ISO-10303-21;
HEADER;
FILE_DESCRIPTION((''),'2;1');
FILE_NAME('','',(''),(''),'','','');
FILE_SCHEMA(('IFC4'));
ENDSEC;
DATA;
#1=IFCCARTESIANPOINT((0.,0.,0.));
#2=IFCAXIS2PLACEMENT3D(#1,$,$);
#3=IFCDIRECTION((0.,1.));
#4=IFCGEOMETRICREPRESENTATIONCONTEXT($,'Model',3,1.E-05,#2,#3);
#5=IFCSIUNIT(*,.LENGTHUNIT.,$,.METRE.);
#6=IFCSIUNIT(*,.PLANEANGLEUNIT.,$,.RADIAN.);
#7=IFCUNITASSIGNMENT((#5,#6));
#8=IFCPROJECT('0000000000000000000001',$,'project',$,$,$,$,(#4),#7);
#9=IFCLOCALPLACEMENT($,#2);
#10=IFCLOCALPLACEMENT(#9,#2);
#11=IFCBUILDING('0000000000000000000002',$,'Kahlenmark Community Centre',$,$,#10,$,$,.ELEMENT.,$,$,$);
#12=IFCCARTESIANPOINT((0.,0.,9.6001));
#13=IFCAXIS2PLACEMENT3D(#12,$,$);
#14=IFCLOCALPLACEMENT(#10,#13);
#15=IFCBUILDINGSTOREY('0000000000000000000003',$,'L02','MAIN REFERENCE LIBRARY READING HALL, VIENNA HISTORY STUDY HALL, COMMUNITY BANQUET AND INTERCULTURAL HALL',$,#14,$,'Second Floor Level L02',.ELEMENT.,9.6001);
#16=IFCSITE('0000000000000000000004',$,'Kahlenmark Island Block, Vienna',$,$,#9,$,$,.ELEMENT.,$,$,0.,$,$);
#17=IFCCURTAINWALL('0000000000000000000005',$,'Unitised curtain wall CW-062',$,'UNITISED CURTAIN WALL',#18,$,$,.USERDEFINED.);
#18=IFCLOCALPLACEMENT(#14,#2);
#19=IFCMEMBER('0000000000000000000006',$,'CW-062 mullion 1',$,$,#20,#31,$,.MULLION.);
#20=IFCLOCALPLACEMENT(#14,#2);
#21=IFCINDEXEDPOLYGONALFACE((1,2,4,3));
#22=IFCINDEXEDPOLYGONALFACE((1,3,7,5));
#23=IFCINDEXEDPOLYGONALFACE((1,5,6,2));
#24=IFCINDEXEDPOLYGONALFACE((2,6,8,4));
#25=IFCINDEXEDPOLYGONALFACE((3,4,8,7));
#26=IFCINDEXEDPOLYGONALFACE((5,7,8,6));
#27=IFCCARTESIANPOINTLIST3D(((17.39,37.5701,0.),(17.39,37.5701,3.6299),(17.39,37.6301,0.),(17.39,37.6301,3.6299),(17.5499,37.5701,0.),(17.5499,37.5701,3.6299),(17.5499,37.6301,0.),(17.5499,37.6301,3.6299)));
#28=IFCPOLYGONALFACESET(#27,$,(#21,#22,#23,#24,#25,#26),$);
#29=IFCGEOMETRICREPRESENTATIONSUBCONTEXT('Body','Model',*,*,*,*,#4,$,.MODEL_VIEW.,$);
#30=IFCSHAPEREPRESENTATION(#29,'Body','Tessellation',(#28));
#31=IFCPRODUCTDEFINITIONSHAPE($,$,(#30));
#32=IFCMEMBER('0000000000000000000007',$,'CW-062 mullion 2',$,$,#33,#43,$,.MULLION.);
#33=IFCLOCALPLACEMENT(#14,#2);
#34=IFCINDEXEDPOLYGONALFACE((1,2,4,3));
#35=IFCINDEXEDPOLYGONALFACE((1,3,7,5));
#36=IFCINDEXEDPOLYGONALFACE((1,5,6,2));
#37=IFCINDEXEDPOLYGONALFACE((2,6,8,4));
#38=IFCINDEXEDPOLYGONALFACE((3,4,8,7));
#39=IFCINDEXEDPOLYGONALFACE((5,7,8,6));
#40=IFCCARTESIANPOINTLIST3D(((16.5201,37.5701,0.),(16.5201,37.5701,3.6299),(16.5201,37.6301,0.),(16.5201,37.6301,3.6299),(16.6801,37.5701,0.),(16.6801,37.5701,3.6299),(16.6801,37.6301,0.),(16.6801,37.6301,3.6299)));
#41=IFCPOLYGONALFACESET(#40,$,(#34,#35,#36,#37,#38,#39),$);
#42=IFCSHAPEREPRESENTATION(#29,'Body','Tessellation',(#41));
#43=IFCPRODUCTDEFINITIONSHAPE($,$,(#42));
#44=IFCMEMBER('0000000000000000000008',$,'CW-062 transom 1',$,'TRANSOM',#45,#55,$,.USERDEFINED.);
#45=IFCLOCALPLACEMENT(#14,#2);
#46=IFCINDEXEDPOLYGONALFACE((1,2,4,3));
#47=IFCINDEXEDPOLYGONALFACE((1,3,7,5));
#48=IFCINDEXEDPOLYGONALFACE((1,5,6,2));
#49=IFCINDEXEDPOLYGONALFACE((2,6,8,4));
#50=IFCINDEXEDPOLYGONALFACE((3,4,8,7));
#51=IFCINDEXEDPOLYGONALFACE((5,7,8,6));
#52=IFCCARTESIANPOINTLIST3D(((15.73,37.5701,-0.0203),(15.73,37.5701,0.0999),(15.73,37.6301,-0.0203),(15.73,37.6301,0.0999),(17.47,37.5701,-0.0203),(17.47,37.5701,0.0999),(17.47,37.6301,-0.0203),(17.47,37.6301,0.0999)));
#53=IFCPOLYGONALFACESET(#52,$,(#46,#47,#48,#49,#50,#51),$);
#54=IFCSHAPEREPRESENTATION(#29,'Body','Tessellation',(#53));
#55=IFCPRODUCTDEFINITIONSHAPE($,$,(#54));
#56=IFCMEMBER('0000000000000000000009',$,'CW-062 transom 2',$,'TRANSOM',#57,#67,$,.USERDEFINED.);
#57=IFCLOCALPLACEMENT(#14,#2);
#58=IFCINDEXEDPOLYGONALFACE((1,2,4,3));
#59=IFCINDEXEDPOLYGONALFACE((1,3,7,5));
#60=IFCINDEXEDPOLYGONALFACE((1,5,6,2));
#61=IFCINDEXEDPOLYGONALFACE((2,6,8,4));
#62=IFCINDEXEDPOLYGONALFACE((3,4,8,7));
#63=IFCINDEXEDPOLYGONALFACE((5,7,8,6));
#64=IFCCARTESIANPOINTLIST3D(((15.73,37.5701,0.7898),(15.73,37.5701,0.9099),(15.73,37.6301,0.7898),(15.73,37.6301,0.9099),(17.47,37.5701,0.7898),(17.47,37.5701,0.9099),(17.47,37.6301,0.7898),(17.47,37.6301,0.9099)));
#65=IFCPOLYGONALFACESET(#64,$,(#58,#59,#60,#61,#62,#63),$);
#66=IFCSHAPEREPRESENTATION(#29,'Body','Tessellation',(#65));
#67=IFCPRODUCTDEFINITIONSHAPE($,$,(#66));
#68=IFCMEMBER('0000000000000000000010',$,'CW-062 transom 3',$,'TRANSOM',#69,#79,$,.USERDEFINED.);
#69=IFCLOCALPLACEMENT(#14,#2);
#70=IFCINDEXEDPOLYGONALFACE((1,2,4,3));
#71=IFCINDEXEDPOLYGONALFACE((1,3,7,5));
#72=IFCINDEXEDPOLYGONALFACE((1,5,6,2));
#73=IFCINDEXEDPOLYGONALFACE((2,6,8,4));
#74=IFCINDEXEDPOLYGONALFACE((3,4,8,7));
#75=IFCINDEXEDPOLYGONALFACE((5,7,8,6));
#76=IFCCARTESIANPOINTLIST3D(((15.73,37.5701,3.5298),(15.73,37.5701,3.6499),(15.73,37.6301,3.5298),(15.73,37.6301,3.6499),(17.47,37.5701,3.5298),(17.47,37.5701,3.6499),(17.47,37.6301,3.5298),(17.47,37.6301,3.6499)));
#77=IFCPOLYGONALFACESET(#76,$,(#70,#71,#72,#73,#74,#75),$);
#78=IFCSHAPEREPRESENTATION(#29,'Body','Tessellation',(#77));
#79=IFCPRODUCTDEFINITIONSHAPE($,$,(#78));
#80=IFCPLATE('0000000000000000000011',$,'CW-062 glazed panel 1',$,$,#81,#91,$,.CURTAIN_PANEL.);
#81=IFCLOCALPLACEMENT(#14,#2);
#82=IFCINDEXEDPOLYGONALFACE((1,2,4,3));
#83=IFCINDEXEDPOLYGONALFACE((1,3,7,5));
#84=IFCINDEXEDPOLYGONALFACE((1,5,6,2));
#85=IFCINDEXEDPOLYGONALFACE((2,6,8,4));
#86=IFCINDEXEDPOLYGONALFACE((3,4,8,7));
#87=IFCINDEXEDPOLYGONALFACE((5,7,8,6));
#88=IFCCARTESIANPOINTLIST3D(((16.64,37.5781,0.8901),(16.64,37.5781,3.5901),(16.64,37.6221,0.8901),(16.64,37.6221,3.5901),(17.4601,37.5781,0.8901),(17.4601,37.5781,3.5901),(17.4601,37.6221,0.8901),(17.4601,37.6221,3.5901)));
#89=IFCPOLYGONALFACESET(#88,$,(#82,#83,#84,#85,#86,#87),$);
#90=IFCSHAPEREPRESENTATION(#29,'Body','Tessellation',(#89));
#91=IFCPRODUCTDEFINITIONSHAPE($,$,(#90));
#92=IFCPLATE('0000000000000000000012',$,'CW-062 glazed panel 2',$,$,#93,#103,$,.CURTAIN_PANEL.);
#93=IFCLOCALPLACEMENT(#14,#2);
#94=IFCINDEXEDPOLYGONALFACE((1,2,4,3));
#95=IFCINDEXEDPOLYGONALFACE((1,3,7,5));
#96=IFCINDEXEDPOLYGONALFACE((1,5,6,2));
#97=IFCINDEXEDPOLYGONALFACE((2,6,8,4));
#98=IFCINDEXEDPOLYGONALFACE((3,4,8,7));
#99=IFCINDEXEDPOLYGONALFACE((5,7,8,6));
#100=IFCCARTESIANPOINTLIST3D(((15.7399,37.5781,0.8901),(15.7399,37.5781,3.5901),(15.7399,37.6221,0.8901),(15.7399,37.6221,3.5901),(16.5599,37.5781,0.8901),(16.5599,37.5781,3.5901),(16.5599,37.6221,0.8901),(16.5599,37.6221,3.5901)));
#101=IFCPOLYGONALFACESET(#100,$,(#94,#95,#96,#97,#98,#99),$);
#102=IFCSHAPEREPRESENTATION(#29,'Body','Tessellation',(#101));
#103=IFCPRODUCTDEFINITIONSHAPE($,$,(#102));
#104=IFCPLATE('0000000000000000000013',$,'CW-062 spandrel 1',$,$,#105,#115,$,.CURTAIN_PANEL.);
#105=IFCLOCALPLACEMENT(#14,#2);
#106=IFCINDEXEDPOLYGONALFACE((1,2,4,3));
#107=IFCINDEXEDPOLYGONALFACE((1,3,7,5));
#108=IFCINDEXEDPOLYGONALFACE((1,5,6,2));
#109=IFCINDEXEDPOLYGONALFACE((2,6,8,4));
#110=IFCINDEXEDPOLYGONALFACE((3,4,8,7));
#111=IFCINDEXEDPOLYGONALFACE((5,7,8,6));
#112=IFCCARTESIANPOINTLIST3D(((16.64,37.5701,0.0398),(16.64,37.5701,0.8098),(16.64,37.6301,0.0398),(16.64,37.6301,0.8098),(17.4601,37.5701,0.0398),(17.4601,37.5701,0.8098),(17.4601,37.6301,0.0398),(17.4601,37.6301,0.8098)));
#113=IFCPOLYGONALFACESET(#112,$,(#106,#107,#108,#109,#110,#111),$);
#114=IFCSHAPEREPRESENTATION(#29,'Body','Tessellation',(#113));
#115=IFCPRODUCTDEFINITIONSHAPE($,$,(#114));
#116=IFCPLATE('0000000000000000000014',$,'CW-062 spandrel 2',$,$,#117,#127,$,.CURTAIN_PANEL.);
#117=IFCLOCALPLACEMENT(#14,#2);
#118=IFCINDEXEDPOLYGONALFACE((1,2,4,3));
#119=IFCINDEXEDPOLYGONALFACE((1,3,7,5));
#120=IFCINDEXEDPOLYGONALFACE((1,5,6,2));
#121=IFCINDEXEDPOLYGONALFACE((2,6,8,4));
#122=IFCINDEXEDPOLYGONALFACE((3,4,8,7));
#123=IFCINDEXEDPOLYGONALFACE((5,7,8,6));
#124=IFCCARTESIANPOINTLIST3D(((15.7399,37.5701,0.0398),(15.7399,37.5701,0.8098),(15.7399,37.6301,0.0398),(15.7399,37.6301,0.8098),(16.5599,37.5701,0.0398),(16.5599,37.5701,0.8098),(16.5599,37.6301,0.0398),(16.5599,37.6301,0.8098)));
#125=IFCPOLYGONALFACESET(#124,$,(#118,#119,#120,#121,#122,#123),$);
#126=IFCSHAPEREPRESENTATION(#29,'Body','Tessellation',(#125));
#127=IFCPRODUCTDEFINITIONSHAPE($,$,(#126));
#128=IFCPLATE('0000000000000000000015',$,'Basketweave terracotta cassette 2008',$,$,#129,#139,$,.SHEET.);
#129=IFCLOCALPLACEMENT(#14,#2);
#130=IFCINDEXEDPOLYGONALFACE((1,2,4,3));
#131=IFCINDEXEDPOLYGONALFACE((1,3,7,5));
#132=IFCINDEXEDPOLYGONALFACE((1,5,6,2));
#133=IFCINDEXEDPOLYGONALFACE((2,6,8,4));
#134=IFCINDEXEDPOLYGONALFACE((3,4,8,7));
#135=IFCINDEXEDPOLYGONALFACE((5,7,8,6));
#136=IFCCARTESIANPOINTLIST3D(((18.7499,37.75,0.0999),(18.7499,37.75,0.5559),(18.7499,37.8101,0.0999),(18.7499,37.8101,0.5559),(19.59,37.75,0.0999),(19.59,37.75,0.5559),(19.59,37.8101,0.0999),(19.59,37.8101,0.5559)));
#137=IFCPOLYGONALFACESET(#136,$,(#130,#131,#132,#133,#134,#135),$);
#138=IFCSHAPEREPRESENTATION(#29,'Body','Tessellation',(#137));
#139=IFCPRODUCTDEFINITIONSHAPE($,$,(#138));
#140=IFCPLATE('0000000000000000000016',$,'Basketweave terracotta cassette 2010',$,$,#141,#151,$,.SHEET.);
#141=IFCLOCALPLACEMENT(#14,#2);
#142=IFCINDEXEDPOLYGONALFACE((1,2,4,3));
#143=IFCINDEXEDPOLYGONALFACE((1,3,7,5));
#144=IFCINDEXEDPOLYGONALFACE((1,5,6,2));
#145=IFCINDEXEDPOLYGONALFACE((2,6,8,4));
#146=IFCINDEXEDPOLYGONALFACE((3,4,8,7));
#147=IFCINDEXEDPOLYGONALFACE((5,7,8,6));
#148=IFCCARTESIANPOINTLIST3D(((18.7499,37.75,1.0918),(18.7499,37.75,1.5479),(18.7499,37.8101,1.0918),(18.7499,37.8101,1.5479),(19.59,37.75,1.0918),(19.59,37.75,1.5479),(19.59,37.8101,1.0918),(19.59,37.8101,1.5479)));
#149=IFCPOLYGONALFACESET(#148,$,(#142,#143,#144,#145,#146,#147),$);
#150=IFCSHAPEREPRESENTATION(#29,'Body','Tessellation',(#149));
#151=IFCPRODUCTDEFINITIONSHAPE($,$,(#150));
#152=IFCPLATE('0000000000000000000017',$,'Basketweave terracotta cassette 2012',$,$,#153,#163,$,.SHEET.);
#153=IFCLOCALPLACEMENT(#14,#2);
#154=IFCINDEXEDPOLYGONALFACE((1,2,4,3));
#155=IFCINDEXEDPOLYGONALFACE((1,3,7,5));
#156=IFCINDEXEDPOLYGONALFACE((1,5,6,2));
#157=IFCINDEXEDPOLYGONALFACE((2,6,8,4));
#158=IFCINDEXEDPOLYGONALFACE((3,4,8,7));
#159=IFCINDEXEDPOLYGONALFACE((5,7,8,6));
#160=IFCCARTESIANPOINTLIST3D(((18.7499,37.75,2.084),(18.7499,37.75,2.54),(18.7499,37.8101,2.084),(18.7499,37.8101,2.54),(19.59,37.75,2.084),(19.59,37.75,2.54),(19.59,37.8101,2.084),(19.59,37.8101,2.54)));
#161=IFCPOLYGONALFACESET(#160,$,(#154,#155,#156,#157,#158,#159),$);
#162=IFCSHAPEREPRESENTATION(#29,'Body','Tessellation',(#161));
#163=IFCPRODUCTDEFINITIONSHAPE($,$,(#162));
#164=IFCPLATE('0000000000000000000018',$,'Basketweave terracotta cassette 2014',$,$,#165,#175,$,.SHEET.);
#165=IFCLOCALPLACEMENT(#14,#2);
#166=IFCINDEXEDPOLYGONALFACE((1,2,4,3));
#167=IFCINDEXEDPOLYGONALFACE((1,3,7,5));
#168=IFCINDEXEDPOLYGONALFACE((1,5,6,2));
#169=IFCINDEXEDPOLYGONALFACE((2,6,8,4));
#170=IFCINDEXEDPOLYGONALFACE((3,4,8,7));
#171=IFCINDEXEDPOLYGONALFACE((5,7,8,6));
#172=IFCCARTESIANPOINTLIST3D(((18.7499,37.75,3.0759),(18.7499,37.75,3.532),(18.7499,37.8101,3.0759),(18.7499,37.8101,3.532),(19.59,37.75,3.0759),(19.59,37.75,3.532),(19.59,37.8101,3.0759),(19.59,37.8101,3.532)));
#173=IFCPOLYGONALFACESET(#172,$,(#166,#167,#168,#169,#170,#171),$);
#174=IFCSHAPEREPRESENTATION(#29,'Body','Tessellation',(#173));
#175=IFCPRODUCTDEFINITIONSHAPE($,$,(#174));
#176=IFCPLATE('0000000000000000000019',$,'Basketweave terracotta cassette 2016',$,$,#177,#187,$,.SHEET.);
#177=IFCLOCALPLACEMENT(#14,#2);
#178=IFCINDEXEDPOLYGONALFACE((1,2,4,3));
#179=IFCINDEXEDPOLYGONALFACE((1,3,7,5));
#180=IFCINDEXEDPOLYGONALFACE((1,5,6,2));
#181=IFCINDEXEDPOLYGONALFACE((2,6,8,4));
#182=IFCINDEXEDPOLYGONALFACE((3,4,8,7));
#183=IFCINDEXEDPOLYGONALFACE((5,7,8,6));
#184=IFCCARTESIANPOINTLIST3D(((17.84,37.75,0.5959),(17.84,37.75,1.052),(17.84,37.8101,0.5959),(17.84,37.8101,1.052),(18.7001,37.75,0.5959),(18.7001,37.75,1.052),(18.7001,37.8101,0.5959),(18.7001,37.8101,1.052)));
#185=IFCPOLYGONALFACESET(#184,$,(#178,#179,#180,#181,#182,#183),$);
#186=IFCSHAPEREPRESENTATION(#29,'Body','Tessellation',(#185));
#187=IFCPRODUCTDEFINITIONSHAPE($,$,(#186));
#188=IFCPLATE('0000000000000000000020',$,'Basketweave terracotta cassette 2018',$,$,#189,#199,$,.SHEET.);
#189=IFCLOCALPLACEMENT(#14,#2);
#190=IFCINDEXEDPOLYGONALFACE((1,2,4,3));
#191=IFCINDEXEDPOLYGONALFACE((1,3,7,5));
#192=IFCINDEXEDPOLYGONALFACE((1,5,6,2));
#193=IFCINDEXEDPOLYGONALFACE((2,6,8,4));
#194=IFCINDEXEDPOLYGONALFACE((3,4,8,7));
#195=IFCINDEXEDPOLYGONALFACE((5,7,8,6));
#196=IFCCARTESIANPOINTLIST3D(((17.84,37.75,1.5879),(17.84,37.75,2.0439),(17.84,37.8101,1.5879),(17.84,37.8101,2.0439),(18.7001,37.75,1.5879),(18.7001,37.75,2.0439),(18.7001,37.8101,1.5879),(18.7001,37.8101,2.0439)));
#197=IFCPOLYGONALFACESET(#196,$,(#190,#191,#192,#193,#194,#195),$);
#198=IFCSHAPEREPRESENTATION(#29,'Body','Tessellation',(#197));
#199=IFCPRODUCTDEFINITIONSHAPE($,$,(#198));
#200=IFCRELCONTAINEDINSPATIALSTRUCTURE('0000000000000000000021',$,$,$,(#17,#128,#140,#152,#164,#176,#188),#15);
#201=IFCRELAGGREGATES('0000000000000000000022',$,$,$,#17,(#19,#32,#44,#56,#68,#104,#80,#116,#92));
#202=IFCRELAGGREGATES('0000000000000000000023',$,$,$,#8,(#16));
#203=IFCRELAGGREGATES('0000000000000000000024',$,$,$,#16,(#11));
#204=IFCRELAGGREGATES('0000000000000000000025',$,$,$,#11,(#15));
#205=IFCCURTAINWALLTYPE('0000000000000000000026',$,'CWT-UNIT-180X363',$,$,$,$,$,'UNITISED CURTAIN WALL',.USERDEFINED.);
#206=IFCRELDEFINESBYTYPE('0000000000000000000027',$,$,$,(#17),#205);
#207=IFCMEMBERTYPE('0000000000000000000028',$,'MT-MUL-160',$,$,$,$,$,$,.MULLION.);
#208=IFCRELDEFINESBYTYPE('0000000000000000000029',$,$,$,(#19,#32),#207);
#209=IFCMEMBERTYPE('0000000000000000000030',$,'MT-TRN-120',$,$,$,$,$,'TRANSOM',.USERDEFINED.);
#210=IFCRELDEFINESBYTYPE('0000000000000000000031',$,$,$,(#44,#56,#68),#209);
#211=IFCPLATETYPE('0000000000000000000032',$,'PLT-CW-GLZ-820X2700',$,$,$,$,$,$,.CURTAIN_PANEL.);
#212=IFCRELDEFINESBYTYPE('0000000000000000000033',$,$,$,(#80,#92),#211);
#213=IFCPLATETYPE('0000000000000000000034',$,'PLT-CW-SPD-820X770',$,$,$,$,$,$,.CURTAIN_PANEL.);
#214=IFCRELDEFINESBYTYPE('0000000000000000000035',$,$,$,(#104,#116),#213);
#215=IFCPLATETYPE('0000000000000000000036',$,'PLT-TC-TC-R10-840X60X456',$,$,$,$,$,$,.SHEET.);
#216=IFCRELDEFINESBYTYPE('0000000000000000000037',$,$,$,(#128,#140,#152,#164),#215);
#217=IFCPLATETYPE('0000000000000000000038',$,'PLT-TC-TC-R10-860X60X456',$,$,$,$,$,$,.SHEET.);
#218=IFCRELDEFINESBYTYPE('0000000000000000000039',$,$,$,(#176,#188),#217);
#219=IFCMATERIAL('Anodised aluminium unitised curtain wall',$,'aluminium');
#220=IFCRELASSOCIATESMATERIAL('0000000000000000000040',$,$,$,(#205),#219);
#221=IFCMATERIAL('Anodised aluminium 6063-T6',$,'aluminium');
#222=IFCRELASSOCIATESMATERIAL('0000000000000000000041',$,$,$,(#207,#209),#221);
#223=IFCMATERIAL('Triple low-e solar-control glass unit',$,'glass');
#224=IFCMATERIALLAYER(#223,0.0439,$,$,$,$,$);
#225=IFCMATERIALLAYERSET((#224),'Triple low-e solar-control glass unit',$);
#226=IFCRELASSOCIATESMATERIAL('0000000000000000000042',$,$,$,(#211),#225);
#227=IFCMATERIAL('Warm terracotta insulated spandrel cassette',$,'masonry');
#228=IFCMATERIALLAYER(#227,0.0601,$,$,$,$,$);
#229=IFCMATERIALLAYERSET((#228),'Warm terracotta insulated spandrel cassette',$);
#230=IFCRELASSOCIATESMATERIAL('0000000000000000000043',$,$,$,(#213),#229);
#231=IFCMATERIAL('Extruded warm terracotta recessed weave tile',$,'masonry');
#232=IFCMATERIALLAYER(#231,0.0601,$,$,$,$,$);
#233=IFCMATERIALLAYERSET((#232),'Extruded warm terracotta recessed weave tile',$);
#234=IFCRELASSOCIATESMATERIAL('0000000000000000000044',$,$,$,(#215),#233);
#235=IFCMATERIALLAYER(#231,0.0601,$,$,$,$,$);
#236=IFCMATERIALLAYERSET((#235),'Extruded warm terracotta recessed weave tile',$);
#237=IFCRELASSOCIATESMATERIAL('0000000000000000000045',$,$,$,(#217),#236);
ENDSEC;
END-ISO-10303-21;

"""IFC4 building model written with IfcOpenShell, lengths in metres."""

from ifc_helpers import new_model, si_unit, direction, frame, origin, origin_2d, place, context, subcontext, project, spatial, rectangle, extrude, material, layer, layer_set, material_profile, profile_set, type_object, element, aggregate, save


model = new_model("IFC4")

# Units and contexts
model_context = context("Model", 3, precision=1e-05, world=origin(), true_north=direction((0.0, 1.0)))
body_context = subcontext(model_context, "Body", "Model", "MODEL_VIEW")
ifc_project = project(units=[si_unit("LENGTHUNIT", "METRE"), si_unit("PLANEANGLEUNIT", "RADIAN")], contexts=[model_context])

# Site, building, storey
site_placement = place(None, origin())
site = spatial("IfcSite", under=ifc_project, at=site_placement, Name="Kahlenmark Island Block, Vienna", CompositionType="ELEMENT", RefElevation=0.0)
building_placement = place(site_placement, origin())
building = spatial("IfcBuilding", under=site, at=building_placement, Name="Kahlenmark Community Centre", CompositionType="ELEMENT")
storey_placement = place(building_placement, frame((0.0, 0.0, 9.6001)))
storey = spatial("IfcBuildingStorey", under=building, at=storey_placement, Name="L02", Description="MAIN REFERENCE LIBRARY READING HALL, VIENNA HISTORY STUDY HALL, COMMUNITY BANQUET AND INTERCULTURAL HALL", LongName="Second Floor Level L02", CompositionType="ELEMENT", Elevation=9.6001)

# Curtain wall, members, plates
ifc_material_1 = material(Name="Anodised aluminium unitised curtain wall", Category="aluminium")
curtain_wall_type = type_object("IfcCurtainWallType", Name="CWT-UNIT-180X363", ElementType="UNITISED CURTAIN WALL", PredefinedType="USERDEFINED", material=ifc_material_1)
curtain_wall_placement = place(storey_placement, origin())
curtain_wall = element("IfcCurtainWall", 1, at=curtain_wall_placement, inside=storey, type_object=curtain_wall_type, Name="Unitised curtain wall CW-062", ObjectType="UNITISED CURTAIN WALL", PredefinedType="USERDEFINED")
ifc_material_2 = material(Name="Anodised aluminium 6063-T6", Category="aluminium")
ifc_material_profile_1 = material_profile(ifc_material_2, rectangle(XDim=0.0601, YDim=0.1599, at=origin_2d()), Name="ALU MULLION 60x160")
ifc_profile_set_1 = profile_set([ifc_material_profile_1], Name="Anodised aluminium 6063-T6")
member_type_1 = type_object("IfcMemberType", Name="MT-MUL-160", PredefinedType="MULLION", material=ifc_profile_set_1)
member_1_placement = place(storey_placement, frame((17.47, 37.6001, 0.0), z_axis=(0.0, 0.0, 1.0), x_axis=(0.0, -1.0, 0.0)))
member_1 = element("IfcMember", 2, at=member_1_placement, type_object=member_type_1, Name="CW-062 mullion 1", PredefinedType="MULLION", context=body_context, shape_type="SweptSolid", body=[
    extrude(rectangle(XDim=0.0601, YDim=0.1599, at=origin_2d()), origin(), (0.0, 0.0, 1.0), 3.6299),
])
member_2_placement = place(storey_placement, frame((16.6001, 37.6001, 0.0), z_axis=(0.0, 0.0, 1.0), x_axis=(0.0, -1.0, 0.0)))
member_2 = element("IfcMember", 3, at=member_2_placement, type_object=member_type_1, Name="CW-062 mullion 2", PredefinedType="MULLION", context=body_context, shape_type="SweptSolid", body=[
    extrude(rectangle(XDim=0.0601, YDim=0.1599, at=origin_2d()), origin(), (0.0, 0.0, 1.0), 3.6299),
])
ifc_material_profile_2 = material_profile(ifc_material_2, rectangle(XDim=0.0601, YDim=0.1201, at=origin_2d()), Name="ALU TRANSOM 60x120")
ifc_profile_set_2 = profile_set([ifc_material_profile_2], Name="Anodised aluminium 6063-T6")
member_type_2 = type_object("IfcMemberType", Name="MT-TRN-120", ElementType="TRANSOM", PredefinedType="USERDEFINED", material=ifc_profile_set_2)
member_3_placement = place(storey_placement, frame((17.47, 37.6001, 0.0398), z_axis=(-1.0, 0.0, 0.0), x_axis=(0.0, -1.0, 0.0)))
member_3 = element("IfcMember", 4, at=member_3_placement, type_object=member_type_2, Name="CW-062 transom 1", ObjectType="TRANSOM", PredefinedType="USERDEFINED", context=body_context, shape_type="SweptSolid", body=[
    extrude(rectangle(XDim=0.0601, YDim=0.1201, at=origin_2d()), origin(), (0.0, 0.0, 1.0), 1.74),
])
member_4_placement = place(storey_placement, frame((17.47, 37.6001, 0.8499), z_axis=(-1.0, 0.0, 0.0), x_axis=(0.0, -1.0, 0.0)))
member_4 = element("IfcMember", 5, at=member_4_placement, type_object=member_type_2, Name="CW-062 transom 2", ObjectType="TRANSOM", PredefinedType="USERDEFINED", context=body_context, shape_type="SweptSolid", body=[
    extrude(rectangle(XDim=0.0601, YDim=0.1201, at=origin_2d()), origin(), (0.0, 0.0, 1.0), 1.74),
])
member_5_placement = place(storey_placement, frame((17.47, 37.6001, 3.5898), z_axis=(-1.0, 0.0, 0.0), x_axis=(0.0, -1.0, 0.0)))
member_5 = element("IfcMember", 6, at=member_5_placement, type_object=member_type_2, Name="CW-062 transom 3", ObjectType="TRANSOM", PredefinedType="USERDEFINED", context=body_context, shape_type="SweptSolid", body=[
    extrude(rectangle(XDim=0.0601, YDim=0.1201, at=origin_2d()), origin(), (0.0, 0.0, 1.0), 1.74),
])
ifc_material_3 = material(Name="Triple low-e solar-control glass unit", Category="glass")
ifc_layer_1 = layer(ifc_material_3, 0.0439)
ifc_layer_set_1 = layer_set([ifc_layer_1], Name="Triple low-e solar-control glass unit")
plate_type_1 = type_object("IfcPlateType", Name="PLT-CW-GLZ-820X2700", PredefinedType="CURTAIN_PANEL", material=ifc_layer_set_1)
plate_1_placement = place(storey_placement, frame((17.05, 37.6001, 0.8901), z_axis=(0.0, 0.0, 1.0), x_axis=(-1.0, 0.0, 0.0)))
plate_1 = element("IfcPlate", 7, at=plate_1_placement, type_object=plate_type_1, Name="CW-062 glazed panel 1", PredefinedType="CURTAIN_PANEL", context=body_context, shape_type="SweptSolid", body=[
    extrude(rectangle(XDim=0.8201, YDim=0.0439, at=origin_2d()), origin(), (0.0, 0.0, 1.0), 2.7),
])
plate_2_placement = place(storey_placement, frame((16.1499, 37.6001, 0.8901), z_axis=(0.0, 0.0, 1.0), x_axis=(-1.0, 0.0, 0.0)))
plate_2 = element("IfcPlate", 8, at=plate_2_placement, type_object=plate_type_1, Name="CW-062 glazed panel 2", PredefinedType="CURTAIN_PANEL", context=body_context, shape_type="SweptSolid", body=[
    extrude(rectangle(XDim=0.8201, YDim=0.0439, at=origin_2d()), origin(), (0.0, 0.0, 1.0), 2.7),
])
ifc_material_4 = material(Name="Warm terracotta insulated spandrel cassette", Category="masonry")
ifc_layer_2 = layer(ifc_material_4, 0.0601)
ifc_layer_set_2 = layer_set([ifc_layer_2], Name="Warm terracotta insulated spandrel cassette")
plate_type_2 = type_object("IfcPlateType", Name="PLT-CW-SPD-820X770", PredefinedType="CURTAIN_PANEL", material=ifc_layer_set_2)
plate_3_placement = place(storey_placement, frame((17.05, 37.6001, 0.0398), z_axis=(0.0, 0.0, 1.0), x_axis=(-1.0, 0.0, 0.0)))
plate_3 = element("IfcPlate", 9, at=plate_3_placement, type_object=plate_type_2, Name="CW-062 spandrel 1", PredefinedType="CURTAIN_PANEL", context=body_context, shape_type="SweptSolid", body=[
    extrude(rectangle(XDim=0.8201, YDim=0.0601, at=origin_2d()), origin(), (0.0, 0.0, 1.0), 0.77),
])
plate_4_placement = place(storey_placement, frame((16.1499, 37.6001, 0.0398), z_axis=(0.0, 0.0, 1.0), x_axis=(-1.0, 0.0, 0.0)))
plate_4 = element("IfcPlate", 10, at=plate_4_placement, type_object=plate_type_2, Name="CW-062 spandrel 2", PredefinedType="CURTAIN_PANEL", context=body_context, shape_type="SweptSolid", body=[
    extrude(rectangle(XDim=0.8201, YDim=0.0601, at=origin_2d()), origin(), (0.0, 0.0, 1.0), 0.77),
])
aggregate(curtain_wall, [member_1, member_2, member_3, member_4, member_5, plate_3, plate_1, plate_4, plate_2])

# Plates
ifc_material_5 = material(Name="Extruded warm terracotta recessed weave tile", Category="masonry")
ifc_layer_3 = layer(ifc_material_5, 0.0601)
ifc_layer_set_3 = layer_set([ifc_layer_3], Name="Extruded warm terracotta recessed weave tile")
plate_type_3 = type_object("IfcPlateType", Name="PLT-TC-TC-R10-840X60X456", PredefinedType="SHEET", material=ifc_layer_set_3)
for number, where, z_axis, x_axis, name in (
    (11, (19.1699, 37.78, 0.0999), (0.0, 0.0, 1.0), (-1.0, 0.0, 0.0), "Basketweave terracotta cassette 2008"),
    (12, (19.1699, 37.78, 1.0918), (0.0, 0.0, 1.0), (-1.0, 0.0, 0.0), "Basketweave terracotta cassette 2010"),
    (13, (19.1699, 37.78, 2.084), (0.0, 0.0, 1.0), (-1.0, 0.0, 0.0), "Basketweave terracotta cassette 2012"),
    (14, (19.1699, 37.78, 3.0759), (0.0, 0.0, 1.0), (-1.0, 0.0, 0.0), "Basketweave terracotta cassette 2014"),
):
    element("IfcPlate", number, at=place(storey_placement, frame(where, z_axis=z_axis, x_axis=x_axis)), inside=storey, type_object=plate_type_3, Name=name, PredefinedType="SHEET", context=body_context, shape_type="SweptSolid", body=[
        extrude(rectangle(XDim=0.8401, YDim=0.0601, at=origin_2d()), origin(), (0.0, 0.0, 1.0), 0.4561),
    ])
ifc_layer_4 = layer(ifc_material_5, 0.0601)
ifc_layer_set_4 = layer_set([ifc_layer_4], Name="Extruded warm terracotta recessed weave tile")
plate_type_4 = type_object("IfcPlateType", Name="PLT-TC-TC-R10-860X60X456", PredefinedType="SHEET", material=ifc_layer_set_4)
for number, where, z_axis, x_axis, name in (
    (15, (18.27, 37.78, 0.5959), (0.0, 0.0, 1.0), (-1.0, 0.0, 0.0), "Basketweave terracotta cassette 2016"),
    (16, (18.27, 37.78, 1.5879), (0.0, 0.0, 1.0), (-1.0, 0.0, 0.0), "Basketweave terracotta cassette 2018"),
):
    element("IfcPlate", number, at=place(storey_placement, frame(where, z_axis=z_axis, x_axis=x_axis)), inside=storey, type_object=plate_type_4, Name=name, PredefinedType="SHEET", context=body_context, shape_type="SweptSolid", body=[
        extrude(rectangle(XDim=0.8601, YDim=0.0601, at=origin_2d()), origin(), (0.0, 0.0, 1.0), 0.4561),
    ])

save(model, "model.ifc")
